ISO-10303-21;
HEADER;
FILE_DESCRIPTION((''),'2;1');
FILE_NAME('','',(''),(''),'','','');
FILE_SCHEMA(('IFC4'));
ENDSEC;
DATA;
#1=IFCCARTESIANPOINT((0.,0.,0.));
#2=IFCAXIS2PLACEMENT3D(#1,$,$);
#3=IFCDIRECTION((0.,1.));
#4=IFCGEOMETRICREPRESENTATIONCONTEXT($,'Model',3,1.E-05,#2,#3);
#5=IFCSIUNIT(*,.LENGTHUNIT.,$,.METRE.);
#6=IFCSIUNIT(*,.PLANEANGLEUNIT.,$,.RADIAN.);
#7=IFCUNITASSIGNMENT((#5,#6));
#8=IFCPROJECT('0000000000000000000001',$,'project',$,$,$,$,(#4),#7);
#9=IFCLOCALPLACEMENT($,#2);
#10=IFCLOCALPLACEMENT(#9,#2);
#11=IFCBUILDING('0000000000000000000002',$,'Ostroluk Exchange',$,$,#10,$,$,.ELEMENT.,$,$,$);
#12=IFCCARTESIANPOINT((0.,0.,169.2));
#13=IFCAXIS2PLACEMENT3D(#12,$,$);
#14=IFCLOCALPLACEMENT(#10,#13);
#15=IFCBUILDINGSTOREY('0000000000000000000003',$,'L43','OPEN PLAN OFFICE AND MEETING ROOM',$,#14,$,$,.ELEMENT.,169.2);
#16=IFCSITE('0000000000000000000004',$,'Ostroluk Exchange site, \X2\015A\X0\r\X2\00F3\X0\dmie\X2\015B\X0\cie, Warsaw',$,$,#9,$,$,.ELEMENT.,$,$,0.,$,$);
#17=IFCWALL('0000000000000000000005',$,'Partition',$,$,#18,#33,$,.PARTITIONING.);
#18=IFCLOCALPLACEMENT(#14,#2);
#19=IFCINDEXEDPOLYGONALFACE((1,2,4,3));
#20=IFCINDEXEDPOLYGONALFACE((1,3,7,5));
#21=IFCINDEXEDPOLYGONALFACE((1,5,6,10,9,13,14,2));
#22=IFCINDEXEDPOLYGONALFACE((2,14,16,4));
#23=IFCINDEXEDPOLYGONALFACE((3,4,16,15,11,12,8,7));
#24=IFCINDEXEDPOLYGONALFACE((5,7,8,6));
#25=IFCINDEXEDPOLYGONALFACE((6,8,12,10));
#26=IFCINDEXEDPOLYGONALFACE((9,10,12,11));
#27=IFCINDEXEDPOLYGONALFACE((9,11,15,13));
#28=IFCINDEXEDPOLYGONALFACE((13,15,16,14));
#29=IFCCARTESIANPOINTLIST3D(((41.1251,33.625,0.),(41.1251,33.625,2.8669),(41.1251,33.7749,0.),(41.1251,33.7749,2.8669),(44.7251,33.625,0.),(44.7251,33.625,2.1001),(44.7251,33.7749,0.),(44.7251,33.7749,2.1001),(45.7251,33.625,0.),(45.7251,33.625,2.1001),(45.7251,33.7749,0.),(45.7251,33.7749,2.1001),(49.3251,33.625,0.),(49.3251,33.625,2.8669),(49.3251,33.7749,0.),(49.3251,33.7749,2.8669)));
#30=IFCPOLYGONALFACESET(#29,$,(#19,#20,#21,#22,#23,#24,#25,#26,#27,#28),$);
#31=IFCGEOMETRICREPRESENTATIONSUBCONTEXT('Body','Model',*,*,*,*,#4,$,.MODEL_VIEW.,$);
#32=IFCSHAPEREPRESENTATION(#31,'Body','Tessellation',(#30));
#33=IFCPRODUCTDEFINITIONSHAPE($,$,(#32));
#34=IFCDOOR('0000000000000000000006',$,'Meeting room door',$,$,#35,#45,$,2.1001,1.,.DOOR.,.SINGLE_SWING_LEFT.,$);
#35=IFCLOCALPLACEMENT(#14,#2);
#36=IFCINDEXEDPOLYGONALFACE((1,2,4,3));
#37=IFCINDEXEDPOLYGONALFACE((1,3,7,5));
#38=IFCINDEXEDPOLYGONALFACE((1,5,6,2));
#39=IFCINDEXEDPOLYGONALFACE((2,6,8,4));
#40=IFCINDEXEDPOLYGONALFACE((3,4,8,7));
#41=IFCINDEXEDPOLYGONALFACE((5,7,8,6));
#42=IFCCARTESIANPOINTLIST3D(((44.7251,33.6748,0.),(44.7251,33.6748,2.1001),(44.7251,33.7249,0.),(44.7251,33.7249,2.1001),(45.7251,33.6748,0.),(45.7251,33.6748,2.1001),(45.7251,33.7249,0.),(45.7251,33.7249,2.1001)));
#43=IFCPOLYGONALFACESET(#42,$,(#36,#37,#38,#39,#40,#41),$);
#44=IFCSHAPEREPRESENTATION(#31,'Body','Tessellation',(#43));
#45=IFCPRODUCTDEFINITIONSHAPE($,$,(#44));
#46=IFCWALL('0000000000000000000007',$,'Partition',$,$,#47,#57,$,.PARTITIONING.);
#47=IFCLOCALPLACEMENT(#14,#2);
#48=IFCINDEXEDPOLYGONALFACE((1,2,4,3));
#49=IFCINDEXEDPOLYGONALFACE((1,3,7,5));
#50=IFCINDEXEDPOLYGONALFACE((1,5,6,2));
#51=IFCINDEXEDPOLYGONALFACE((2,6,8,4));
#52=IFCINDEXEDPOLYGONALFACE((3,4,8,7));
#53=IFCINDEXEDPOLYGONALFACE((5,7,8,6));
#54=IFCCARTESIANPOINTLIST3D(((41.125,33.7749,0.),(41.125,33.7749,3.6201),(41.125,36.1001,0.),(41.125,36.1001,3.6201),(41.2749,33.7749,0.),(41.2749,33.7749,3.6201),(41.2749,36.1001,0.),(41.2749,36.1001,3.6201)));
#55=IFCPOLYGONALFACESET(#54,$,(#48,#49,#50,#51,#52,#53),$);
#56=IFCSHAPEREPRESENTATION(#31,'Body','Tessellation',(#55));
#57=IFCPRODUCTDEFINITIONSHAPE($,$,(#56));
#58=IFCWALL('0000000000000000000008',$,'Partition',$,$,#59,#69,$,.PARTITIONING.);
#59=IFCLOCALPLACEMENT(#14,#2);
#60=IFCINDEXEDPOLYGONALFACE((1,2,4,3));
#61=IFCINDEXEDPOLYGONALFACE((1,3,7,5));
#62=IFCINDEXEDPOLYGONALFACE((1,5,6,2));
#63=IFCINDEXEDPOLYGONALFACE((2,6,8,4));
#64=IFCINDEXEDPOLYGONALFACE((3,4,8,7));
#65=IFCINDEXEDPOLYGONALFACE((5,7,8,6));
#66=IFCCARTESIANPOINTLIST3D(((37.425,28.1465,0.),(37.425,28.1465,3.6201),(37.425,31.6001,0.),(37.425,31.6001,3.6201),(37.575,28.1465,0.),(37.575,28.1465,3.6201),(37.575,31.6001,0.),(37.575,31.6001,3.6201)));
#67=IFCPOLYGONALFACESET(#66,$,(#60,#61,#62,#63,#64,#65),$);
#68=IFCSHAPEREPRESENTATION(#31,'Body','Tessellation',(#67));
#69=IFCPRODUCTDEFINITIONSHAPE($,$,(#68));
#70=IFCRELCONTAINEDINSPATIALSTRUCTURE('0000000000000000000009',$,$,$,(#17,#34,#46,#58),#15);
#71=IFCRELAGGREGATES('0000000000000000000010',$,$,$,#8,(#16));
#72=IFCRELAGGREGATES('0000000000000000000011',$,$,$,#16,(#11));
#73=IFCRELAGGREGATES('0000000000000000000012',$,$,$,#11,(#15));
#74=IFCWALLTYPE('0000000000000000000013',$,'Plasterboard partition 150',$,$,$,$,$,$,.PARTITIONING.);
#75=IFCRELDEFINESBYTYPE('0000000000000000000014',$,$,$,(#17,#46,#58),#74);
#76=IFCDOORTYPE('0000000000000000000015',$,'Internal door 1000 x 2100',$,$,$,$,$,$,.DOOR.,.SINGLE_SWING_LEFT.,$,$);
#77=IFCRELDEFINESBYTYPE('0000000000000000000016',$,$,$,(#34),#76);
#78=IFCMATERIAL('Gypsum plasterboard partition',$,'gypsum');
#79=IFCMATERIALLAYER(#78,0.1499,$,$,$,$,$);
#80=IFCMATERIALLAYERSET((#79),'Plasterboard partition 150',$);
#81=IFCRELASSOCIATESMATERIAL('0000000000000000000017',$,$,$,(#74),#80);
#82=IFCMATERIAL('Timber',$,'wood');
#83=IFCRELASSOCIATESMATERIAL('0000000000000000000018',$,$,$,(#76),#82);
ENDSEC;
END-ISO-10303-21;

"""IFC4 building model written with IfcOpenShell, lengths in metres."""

from ifc_helpers import new_model, si_unit, direction, frame, frame_2d, origin, place, context, subcontext, project, spatial, rectangle, extrude, material, layer, layer_set, type_object, element, fill, save


model = new_model("IFC4")

# Units and contexts
model_context = context("Model", 3, precision=1e-05, world=origin(), true_north=direction((0.0, 1.0)))
body_context = subcontext(model_context, "Body", "Model", "MODEL_VIEW")
ifc_project = project(units=[si_unit("LENGTHUNIT", "METRE"), si_unit("PLANEANGLEUNIT", "RADIAN")], contexts=[model_context])

# Site, building, storey
site_placement = place(None, origin())
site = spatial("IfcSite", under=ifc_project, at=site_placement, Name="Ostroluk Exchange site, Śródmieście, Warsaw", CompositionType="ELEMENT", RefElevation=0.0)
building_placement = place(site_placement, origin())
building = spatial("IfcBuilding", under=site, at=building_placement, Name="Ostroluk Exchange", CompositionType="ELEMENT")
storey_placement = place(building_placement, frame((0.0, 0.0, 169.2)))
storey = spatial("IfcBuildingStorey", under=building, at=storey_placement, Name="L43", Description="OPEN PLAN OFFICE AND MEETING ROOM", CompositionType="ELEMENT", Elevation=169.2)

# Wall, opening, door
ifc_material_1 = material(Name="Gypsum plasterboard partition", Category="gypsum")
ifc_layer_1 = layer(ifc_material_1, 0.1499)
ifc_layer_set_1 = layer_set([ifc_layer_1], Name="Plasterboard partition 150")
wall_type_1 = type_object("IfcWallType", Name="Plasterboard partition 150", PredefinedType="PARTITIONING", material=ifc_layer_set_1)
wall_1_placement = place(storey_placement, frame((41.125, 33.7, 0.0), z_axis=(0.0, 0.0, 1.0), x_axis=(1.0, 0.0, 0.0)))
wall_1 = element("IfcWall", 1, at=wall_1_placement, inside=storey, type_object=wall_type_1, Name="Partition", PredefinedType="PARTITIONING", context=body_context, shape_type="SweptSolid", body=[
    extrude(rectangle(XDim=8.2, YDim=0.1499, at=frame_2d((4.1001, 0.0))), origin(), (0.0, 0.0, 1.0), 2.8669),
])
opening_1_placement = place(wall_1_placement, frame((3.6001, 0.0, 0.0)))
opening_1 = element("IfcOpeningElement", 2, at=opening_1_placement, cuts=wall_1, PredefinedType="OPENING", context=body_context, shape_type="SweptSolid", body=[
    extrude(rectangle(XDim=1.0, YDim=2.1001, at=frame_2d((0.5, 1.05))), frame((0.0, 0.085, 0.0), z_axis=(0.0, -1.0, 0.0), x_axis=(1.0, 0.0, 0.0)), (0.0, 0.0, 1.0), 0.1699),
])
ifc_material_2 = material(Name="Timber", Category="wood")
door_type_1 = type_object("IfcDoorType", Name="Internal door 1000 x 2100", OperationType="SINGLE_SWING_LEFT", PredefinedType="DOOR", material=ifc_material_2)
door_1_placement = place(opening_1_placement, origin())
door_1 = element("IfcDoor", 3, at=door_1_placement, inside=storey, type_object=door_type_1, Name="Meeting room door", OperationType="SINGLE_SWING_LEFT", OverallHeight=2.1001, OverallWidth=1.0, PredefinedType="DOOR", context=body_context, shape_type="SweptSolid", body=[
    extrude(rectangle(XDim=1.0, YDim=2.1001, at=frame_2d((0.5, 1.05))), frame((0.0, 0.0249, 0.0), z_axis=(0.0, -1.0, 0.0), x_axis=(1.0, 0.0, 0.0)), (0.0, 0.0, 1.0), 0.05),
])
fill(opening_1, door_1)

# Walls
wall_2_placement = place(storey_placement, frame((41.2, 36.1001, 0.0), z_axis=(0.0, 0.0, 1.0), x_axis=(0.0, -1.0, 0.0)))
element("IfcWall", 4, at=wall_2_placement, inside=storey, type_object=wall_type_1, Name="Partition", PredefinedType="PARTITIONING", context=body_context, shape_type="SweptSolid", body=[
    extrude(rectangle(XDim=2.3252, YDim=0.1499, at=frame_2d((1.1626, 0.0))), origin(), (0.0, 0.0, 1.0), 3.6201),
])
wall_3_placement = place(storey_placement, frame((37.5, 31.6001, 0.0), z_axis=(0.0, 0.0, 1.0), x_axis=(0.0, -1.0, 0.0)))
element("IfcWall", 5, at=wall_3_placement, inside=storey, type_object=wall_type_1, Name="Partition", PredefinedType="PARTITIONING", context=body_context, shape_type="SweptSolid", body=[
    extrude(rectangle(XDim=3.4536, YDim=0.1499, at=frame_2d((1.7268, 0.0))), origin(), (0.0, 0.0, 1.0), 3.6201),
])

save(model, "model.ifc")
